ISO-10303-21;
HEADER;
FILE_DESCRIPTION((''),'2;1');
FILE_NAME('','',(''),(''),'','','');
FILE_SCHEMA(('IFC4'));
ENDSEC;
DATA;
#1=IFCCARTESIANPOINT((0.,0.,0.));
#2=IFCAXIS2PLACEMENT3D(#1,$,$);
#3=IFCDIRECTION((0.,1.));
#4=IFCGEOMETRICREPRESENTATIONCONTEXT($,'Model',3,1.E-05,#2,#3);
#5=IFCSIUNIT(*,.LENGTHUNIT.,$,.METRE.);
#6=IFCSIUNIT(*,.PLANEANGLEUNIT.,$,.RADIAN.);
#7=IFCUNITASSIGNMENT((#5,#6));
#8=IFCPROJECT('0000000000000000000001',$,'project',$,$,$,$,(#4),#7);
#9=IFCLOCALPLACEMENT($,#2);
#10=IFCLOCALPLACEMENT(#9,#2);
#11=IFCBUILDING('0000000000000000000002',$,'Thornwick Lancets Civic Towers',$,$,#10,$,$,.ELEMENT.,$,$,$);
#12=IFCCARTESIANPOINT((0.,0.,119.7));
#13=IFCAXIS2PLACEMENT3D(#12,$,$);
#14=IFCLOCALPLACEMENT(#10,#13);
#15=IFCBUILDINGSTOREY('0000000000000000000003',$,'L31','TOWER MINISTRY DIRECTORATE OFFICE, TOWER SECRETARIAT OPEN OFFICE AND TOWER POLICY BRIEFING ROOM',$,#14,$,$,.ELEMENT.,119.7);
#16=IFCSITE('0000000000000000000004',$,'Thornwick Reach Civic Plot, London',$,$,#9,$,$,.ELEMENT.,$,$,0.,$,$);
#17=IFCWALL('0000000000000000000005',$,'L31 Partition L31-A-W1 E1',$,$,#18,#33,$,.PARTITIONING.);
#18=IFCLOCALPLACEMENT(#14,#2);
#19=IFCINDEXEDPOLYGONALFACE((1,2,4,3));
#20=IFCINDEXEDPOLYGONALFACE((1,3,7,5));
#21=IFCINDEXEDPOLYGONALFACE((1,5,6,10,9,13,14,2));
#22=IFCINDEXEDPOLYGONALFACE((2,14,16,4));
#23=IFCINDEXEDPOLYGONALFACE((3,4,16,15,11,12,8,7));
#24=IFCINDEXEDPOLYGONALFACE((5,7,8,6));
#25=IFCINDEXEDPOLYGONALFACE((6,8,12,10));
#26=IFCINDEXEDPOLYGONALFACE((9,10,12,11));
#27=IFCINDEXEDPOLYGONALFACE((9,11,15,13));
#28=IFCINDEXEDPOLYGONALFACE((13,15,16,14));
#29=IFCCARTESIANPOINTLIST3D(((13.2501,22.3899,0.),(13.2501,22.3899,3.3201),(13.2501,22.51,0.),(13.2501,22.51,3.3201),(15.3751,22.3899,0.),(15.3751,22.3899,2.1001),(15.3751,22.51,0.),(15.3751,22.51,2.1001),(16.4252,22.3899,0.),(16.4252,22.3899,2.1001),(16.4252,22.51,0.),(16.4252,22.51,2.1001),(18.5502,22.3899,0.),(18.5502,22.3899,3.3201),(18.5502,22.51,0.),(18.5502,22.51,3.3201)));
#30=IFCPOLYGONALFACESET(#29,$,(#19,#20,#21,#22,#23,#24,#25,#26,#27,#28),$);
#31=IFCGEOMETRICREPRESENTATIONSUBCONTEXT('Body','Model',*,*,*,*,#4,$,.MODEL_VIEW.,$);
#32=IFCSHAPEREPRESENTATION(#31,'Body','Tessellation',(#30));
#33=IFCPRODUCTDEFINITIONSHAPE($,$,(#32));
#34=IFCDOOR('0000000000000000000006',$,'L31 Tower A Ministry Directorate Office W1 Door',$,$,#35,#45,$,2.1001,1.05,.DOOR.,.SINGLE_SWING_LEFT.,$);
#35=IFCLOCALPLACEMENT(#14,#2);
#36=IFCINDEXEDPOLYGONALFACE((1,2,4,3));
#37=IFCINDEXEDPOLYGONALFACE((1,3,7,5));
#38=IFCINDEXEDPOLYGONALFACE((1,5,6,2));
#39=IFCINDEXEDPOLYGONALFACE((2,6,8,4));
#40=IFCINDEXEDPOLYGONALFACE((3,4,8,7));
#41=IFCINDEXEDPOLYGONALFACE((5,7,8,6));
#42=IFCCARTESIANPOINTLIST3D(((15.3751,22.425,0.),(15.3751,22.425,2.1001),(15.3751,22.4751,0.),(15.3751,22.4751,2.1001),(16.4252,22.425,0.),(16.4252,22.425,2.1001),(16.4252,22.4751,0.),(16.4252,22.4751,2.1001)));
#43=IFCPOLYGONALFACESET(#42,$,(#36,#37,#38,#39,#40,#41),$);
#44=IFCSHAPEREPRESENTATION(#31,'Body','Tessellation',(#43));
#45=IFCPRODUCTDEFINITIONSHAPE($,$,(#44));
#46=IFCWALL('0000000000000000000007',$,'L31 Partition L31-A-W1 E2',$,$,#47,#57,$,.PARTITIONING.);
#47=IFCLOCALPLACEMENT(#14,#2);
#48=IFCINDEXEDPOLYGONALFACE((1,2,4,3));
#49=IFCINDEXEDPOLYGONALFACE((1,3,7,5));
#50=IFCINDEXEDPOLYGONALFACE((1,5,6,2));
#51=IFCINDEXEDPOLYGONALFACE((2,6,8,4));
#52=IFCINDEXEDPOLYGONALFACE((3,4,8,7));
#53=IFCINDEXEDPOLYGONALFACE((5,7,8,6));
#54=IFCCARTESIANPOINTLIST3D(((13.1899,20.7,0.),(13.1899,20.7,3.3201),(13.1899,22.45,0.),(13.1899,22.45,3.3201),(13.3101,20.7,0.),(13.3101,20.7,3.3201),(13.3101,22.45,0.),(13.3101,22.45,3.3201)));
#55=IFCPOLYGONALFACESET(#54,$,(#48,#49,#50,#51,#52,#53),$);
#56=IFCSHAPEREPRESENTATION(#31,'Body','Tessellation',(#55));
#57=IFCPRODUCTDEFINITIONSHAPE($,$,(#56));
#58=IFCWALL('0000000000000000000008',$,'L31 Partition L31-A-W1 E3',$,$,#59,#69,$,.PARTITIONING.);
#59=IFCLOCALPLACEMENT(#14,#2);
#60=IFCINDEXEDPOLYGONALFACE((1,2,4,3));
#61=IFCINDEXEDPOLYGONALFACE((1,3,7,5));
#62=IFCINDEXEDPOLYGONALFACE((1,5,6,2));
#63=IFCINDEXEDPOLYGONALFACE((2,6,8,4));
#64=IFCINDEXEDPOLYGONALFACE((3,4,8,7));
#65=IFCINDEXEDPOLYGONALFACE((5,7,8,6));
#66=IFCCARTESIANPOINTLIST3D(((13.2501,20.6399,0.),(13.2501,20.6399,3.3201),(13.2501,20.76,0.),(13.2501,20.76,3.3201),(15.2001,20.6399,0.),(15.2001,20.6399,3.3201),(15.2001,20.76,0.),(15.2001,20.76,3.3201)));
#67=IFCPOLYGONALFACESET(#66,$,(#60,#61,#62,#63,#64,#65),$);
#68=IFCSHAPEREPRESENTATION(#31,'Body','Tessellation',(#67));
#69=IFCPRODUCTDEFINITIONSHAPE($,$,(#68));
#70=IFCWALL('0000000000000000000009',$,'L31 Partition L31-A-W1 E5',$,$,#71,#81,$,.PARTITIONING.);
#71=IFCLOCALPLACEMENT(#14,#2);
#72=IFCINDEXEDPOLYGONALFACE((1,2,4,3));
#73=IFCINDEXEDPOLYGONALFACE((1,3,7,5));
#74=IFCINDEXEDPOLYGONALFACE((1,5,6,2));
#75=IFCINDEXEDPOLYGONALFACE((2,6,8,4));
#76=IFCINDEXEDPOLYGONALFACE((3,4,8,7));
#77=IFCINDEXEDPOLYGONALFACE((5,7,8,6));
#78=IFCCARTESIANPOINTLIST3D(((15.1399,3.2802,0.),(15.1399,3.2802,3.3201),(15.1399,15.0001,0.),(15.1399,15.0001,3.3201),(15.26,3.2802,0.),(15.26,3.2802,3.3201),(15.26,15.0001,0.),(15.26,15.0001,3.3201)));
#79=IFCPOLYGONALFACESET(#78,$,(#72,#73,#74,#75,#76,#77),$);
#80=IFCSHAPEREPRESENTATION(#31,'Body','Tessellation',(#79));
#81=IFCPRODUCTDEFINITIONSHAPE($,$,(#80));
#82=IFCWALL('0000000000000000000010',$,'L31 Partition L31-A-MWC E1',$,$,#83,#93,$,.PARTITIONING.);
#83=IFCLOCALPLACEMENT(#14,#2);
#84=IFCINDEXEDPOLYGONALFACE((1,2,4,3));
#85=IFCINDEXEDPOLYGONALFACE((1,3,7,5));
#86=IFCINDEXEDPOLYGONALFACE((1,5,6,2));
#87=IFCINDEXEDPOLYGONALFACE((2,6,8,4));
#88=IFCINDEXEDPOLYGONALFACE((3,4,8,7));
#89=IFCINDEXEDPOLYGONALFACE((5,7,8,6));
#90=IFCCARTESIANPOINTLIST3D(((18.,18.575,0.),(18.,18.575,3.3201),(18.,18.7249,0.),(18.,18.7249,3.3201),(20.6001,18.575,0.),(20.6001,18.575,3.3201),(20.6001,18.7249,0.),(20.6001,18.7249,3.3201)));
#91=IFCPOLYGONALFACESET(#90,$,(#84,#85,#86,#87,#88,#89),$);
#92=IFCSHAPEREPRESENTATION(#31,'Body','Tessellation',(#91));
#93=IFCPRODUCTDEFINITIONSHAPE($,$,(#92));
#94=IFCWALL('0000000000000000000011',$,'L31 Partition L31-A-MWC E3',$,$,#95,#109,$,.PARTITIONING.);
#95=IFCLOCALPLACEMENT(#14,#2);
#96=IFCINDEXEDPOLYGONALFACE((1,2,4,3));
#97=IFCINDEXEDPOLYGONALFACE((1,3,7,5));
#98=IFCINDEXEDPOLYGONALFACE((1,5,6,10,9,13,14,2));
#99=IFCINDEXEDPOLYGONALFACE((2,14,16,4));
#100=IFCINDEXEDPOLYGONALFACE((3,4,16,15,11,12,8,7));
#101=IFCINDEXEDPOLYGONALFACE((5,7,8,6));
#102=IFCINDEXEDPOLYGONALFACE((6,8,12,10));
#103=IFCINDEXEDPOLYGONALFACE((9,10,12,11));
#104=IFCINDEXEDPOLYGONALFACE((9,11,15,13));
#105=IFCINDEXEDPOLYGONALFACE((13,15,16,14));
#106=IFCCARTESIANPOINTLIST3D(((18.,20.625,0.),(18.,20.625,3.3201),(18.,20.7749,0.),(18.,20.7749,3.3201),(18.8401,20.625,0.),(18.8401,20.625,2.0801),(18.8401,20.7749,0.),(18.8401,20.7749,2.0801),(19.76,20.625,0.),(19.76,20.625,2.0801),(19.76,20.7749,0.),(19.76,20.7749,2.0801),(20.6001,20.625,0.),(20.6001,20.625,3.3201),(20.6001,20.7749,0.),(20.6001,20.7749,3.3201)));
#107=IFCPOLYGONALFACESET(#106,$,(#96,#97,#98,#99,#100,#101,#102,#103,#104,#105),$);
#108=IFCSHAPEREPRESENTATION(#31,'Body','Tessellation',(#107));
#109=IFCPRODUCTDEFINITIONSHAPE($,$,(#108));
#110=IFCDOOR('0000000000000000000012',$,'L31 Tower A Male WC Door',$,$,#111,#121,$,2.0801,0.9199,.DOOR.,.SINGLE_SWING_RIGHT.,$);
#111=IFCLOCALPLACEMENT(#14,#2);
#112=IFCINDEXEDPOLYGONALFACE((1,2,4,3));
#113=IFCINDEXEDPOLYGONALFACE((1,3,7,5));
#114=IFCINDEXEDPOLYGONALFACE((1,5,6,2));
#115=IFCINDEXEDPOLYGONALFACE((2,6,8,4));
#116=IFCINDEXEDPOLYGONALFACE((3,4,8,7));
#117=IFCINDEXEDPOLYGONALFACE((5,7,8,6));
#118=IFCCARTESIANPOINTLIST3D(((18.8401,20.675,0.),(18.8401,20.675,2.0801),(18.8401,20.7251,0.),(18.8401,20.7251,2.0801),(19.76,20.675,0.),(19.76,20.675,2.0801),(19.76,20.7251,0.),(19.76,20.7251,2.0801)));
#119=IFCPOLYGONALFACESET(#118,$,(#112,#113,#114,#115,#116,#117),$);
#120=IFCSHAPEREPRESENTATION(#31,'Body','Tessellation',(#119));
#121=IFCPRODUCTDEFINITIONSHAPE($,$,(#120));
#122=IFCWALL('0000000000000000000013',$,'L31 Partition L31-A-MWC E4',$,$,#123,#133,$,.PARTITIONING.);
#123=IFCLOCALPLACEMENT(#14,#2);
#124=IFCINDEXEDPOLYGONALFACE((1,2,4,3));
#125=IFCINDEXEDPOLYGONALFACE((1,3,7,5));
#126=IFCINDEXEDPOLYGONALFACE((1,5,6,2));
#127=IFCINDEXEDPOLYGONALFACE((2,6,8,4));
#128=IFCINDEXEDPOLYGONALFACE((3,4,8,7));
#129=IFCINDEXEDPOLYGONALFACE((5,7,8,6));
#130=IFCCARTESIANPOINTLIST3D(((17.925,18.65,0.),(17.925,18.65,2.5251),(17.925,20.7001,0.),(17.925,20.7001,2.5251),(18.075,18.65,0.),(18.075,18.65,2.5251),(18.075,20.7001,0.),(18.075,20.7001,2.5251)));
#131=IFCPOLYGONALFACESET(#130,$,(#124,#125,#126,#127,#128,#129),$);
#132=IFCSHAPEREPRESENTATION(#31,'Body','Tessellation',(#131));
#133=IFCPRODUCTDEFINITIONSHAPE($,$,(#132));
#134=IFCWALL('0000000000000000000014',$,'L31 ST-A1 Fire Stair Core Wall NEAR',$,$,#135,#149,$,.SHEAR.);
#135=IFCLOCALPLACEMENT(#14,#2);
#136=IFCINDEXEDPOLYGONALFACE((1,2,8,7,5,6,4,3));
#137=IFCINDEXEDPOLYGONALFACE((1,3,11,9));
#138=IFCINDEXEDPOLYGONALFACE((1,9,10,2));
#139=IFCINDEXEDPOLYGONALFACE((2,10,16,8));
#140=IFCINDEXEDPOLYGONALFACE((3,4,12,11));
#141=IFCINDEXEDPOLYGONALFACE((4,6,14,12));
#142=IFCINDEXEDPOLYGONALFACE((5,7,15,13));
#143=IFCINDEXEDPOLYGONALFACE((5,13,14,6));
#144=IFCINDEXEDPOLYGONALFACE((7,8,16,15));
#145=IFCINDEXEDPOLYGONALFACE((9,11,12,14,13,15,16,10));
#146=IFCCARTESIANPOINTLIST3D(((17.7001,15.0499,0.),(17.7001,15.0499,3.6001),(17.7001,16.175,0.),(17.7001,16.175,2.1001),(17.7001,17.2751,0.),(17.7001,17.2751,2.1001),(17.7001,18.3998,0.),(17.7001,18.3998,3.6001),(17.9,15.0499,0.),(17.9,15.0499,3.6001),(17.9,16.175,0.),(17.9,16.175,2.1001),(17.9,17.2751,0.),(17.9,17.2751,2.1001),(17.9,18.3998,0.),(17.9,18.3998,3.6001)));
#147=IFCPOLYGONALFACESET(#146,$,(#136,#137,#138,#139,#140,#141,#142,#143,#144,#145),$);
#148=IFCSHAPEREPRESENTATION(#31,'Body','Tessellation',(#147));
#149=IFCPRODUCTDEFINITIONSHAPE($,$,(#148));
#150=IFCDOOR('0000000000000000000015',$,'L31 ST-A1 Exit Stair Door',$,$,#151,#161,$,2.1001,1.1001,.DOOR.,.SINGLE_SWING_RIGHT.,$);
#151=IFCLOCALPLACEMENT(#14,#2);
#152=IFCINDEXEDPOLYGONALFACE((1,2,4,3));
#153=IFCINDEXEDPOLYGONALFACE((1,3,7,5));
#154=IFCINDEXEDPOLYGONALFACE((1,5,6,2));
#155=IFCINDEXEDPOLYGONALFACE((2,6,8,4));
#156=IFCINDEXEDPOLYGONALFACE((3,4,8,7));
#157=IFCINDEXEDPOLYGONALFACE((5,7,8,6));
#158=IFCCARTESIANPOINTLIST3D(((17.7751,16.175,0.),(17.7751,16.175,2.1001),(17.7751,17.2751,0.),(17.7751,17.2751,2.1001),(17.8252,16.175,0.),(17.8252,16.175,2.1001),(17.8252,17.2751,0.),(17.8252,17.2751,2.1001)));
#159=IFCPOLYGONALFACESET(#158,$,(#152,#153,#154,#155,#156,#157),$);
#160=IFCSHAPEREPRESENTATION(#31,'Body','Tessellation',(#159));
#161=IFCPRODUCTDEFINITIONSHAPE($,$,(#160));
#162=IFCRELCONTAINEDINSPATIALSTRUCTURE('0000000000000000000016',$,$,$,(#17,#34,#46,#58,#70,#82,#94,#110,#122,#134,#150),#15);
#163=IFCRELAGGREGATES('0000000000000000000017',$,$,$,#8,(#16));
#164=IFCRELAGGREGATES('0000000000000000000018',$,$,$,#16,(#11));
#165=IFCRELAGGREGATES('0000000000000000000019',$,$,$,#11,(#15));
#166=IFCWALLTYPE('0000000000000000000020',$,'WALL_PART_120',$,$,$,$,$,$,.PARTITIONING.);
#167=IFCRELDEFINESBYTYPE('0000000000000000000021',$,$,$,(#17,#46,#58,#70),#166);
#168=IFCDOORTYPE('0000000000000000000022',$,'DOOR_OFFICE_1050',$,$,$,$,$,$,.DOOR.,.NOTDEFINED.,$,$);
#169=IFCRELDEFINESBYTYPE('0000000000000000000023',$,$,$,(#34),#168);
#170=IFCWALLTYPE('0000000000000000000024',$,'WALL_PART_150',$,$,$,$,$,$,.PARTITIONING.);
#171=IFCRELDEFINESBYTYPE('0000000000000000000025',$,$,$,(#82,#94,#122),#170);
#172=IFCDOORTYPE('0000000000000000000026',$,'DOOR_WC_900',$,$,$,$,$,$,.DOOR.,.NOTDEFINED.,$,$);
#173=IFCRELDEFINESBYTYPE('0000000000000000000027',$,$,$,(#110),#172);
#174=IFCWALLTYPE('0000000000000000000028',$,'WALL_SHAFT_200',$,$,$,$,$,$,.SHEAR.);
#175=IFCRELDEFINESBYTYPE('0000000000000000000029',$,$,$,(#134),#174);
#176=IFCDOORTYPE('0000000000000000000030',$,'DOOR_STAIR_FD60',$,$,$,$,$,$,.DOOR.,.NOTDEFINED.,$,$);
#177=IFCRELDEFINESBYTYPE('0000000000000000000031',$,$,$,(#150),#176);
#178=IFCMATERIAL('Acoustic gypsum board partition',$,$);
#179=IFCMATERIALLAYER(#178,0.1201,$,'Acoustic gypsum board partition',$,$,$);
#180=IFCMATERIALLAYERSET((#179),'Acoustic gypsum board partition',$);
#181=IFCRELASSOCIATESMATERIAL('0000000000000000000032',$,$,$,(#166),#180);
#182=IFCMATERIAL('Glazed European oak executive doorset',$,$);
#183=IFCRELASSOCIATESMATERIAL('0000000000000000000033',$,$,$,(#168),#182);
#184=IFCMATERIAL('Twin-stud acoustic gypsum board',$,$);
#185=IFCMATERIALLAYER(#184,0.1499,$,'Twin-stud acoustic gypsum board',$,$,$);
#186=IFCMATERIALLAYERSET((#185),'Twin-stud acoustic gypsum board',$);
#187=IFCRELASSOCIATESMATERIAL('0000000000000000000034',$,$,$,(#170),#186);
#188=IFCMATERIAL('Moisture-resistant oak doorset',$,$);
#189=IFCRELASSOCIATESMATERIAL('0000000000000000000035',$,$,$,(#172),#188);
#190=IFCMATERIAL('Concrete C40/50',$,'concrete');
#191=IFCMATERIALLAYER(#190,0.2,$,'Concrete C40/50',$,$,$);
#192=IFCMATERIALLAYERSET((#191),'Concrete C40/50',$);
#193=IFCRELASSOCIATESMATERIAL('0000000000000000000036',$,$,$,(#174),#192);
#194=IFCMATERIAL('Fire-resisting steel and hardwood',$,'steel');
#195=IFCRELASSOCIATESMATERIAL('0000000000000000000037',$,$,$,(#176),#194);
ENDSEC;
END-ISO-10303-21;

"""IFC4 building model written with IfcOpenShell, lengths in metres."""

from ifc_helpers import new_model, si_unit, direction, frame, frame_2d, origin, place, context, subcontext, project, spatial, rectangle, extrude, material, layer, layer_set, type_object, element, fill, save


model = new_model("IFC4")

# Units and contexts
model_context = context("Model", 3, precision=1e-05, world=origin(), true_north=direction((0.0, 1.0)))
body_context = subcontext(model_context, "Body", "Model", "MODEL_VIEW")
ifc_project = project(units=[si_unit("LENGTHUNIT", "METRE"), si_unit("PLANEANGLEUNIT", "RADIAN")], contexts=[model_context])

# Site, building, storey
site_placement = place(None, origin())
site = spatial("IfcSite", under=ifc_project, at=site_placement, Name="Thornwick Reach Civic Plot, London", CompositionType="ELEMENT", RefElevation=0.0)
building_placement = place(site_placement, origin())
building = spatial("IfcBuilding", under=site, at=building_placement, Name="Thornwick Lancets Civic Towers", CompositionType="ELEMENT")
storey_placement = place(building_placement, frame((0.0, 0.0, 119.7)))
storey = spatial("IfcBuildingStorey", under=building, at=storey_placement, Name="L31", Description="TOWER MINISTRY DIRECTORATE OFFICE, TOWER SECRETARIAT OPEN OFFICE AND TOWER POLICY BRIEFING ROOM", CompositionType="ELEMENT", Elevation=119.7)

# Wall, opening, door
ifc_material_1 = material(Name="Acoustic gypsum board partition")
ifc_layer_1 = layer(ifc_material_1, 0.1201, Name="Acoustic gypsum board partition")
ifc_layer_set_1 = layer_set([ifc_layer_1], Name="Acoustic gypsum board partition")
wall_type_1 = type_object("IfcWallType", Name="WALL_PART_120", PredefinedType="PARTITIONING", material=ifc_layer_set_1)
wall_1_placement = place(storey_placement, frame((18.55, 22.45, 0.0), z_axis=(0.0, 0.0, 1.0), x_axis=(-1.0, 0.0, 0.0)))
wall_1 = element("IfcWall", 1, at=wall_1_placement, inside=storey, type_object=wall_type_1, Name="L31 Partition L31-A-W1 E1", PredefinedType="PARTITIONING", context=body_context, shape_type="SweptSolid", body=[
    extrude(rectangle(XDim=5.3, YDim=0.1201, at=frame_2d((2.6499, 0.0))), origin(), (0.0, 0.0, 1.0), 3.3201),
])
opening_1_placement = place(wall_1_placement, frame((2.125, 0.0, 0.0)))
opening_1 = element("IfcOpeningElement", 2, at=opening_1_placement, cuts=wall_1, PredefinedType="OPENING", context=body_context, shape_type="SweptSolid", body=[
    extrude(rectangle(XDim=1.05, YDim=2.1001, at=frame_2d((0.5249, 1.05))), frame((0.0, 0.0701, 0.0), z_axis=(0.0, -1.0, 0.0), x_axis=(1.0, 0.0, 0.0)), (0.0, 0.0, 1.0), 0.1401),
])
ifc_material_2 = material(Name="Glazed European oak executive doorset")
door_type_1 = type_object("IfcDoorType", Name="DOOR_OFFICE_1050", OperationType="NOTDEFINED", PredefinedType="DOOR", material=ifc_material_2)
door_1_placement = place(opening_1_placement, origin())
door_1 = element("IfcDoor", 3, at=door_1_placement, inside=storey, type_object=door_type_1, Name="L31 Tower A Ministry Directorate Office W1 Door", OperationType="SINGLE_SWING_LEFT", OverallHeight=2.1001, OverallWidth=1.05, PredefinedType="DOOR", context=body_context, shape_type="SweptSolid", body=[
    extrude(rectangle(XDim=1.05, YDim=2.1001, at=frame_2d((0.5249, 1.05))), frame((0.0, 0.0249, 0.0), z_axis=(0.0, -1.0, 0.0), x_axis=(1.0, 0.0, 0.0)), (0.0, 0.0, 1.0), 0.05),
])
fill(opening_1, door_1)

# Walls
wall_2_placement = place(storey_placement, frame((13.25, 22.45, 0.0), z_axis=(0.0, 0.0, 1.0), x_axis=(0.0, -1.0, 0.0)))
element("IfcWall", 4, at=wall_2_placement, inside=storey, type_object=wall_type_1, Name="L31 Partition L31-A-W1 E2", PredefinedType="PARTITIONING", context=body_context, shape_type="SweptSolid", body=[
    extrude(rectangle(XDim=1.75, YDim=0.1201, at=frame_2d((0.875, 0.0))), origin(), (0.0, 0.0, 1.0), 3.3201),
])
wall_3_placement = place(storey_placement, frame((13.25, 20.7, 0.0), z_axis=(0.0, 0.0, 1.0), x_axis=(1.0, 0.0, 0.0)))
element("IfcWall", 5, at=wall_3_placement, inside=storey, type_object=wall_type_1, Name="L31 Partition L31-A-W1 E3", PredefinedType="PARTITIONING", context=body_context, shape_type="SweptSolid", body=[
    extrude(rectangle(XDim=1.95, YDim=0.1201, at=frame_2d((0.9751, 0.0))), origin(), (0.0, 0.0, 1.0), 3.3201),
])
wall_4_placement = place(storey_placement, frame((15.2, 15.0, 0.0), z_axis=(0.0, 0.0, 1.0), x_axis=(0.0, -1.0, 0.0)))
element("IfcWall", 6, at=wall_4_placement, inside=storey, type_object=wall_type_1, Name="L31 Partition L31-A-W1 E5", PredefinedType="PARTITIONING", context=body_context, shape_type="SweptSolid", body=[
    extrude(rectangle(XDim=11.72, YDim=0.1201, at=frame_2d((5.8599, 0.0))), origin(), (0.0, 0.0, 1.0), 3.3201),
])
ifc_material_3 = material(Name="Twin-stud acoustic gypsum board")
ifc_layer_2 = layer(ifc_material_3, 0.1499, Name="Twin-stud acoustic gypsum board")
ifc_layer_set_2 = layer_set([ifc_layer_2], Name="Twin-stud acoustic gypsum board")
wall_type_2 = type_object("IfcWallType", Name="WALL_PART_150", PredefinedType="PARTITIONING", material=ifc_layer_set_2)
wall_5_placement = place(storey_placement, frame((18.0, 18.6499, 0.0), z_axis=(0.0, 0.0, 1.0), x_axis=(1.0, 0.0, 0.0)))
element("IfcWall", 7, at=wall_5_placement, inside=storey, type_object=wall_type_2, Name="L31 Partition L31-A-MWC E1", PredefinedType="PARTITIONING", context=body_context, shape_type="SweptSolid", body=[
    extrude(rectangle(XDim=2.6001, YDim=0.1499, at=frame_2d((1.3, 0.0))), origin(), (0.0, 0.0, 1.0), 3.3201),
])

# Wall, opening, door
wall_6_placement = place(storey_placement, frame((20.6001, 20.7, 0.0), z_axis=(0.0, 0.0, 1.0), x_axis=(-1.0, 0.0, 0.0)))
wall_6 = element("IfcWall", 8, at=wall_6_placement, inside=storey, type_object=wall_type_2, Name="L31 Partition L31-A-MWC E3", PredefinedType="PARTITIONING", context=body_context, shape_type="SweptSolid", body=[
    extrude(rectangle(XDim=2.6001, YDim=0.1499, at=frame_2d((1.3, 0.0))), origin(), (0.0, 0.0, 1.0), 3.3201),
])
opening_2_placement = place(wall_6_placement, frame((0.8401, 0.0, 0.0)))
opening_2 = element("IfcOpeningElement", 9, at=opening_2_placement, cuts=wall_6, PredefinedType="OPENING", context=body_context, shape_type="SweptSolid", body=[
    extrude(rectangle(XDim=0.9199, YDim=2.0801, at=frame_2d((0.46, 1.04))), frame((0.0, 0.085, 0.0), z_axis=(0.0, -1.0, 0.0), x_axis=(1.0, 0.0, 0.0)), (0.0, 0.0, 1.0), 0.1699),
])
ifc_material_4 = material(Name="Moisture-resistant oak doorset")
door_type_2 = type_object("IfcDoorType", Name="DOOR_WC_900", OperationType="NOTDEFINED", PredefinedType="DOOR", material=ifc_material_4)
door_2_placement = place(opening_2_placement, origin())
door_2 = element("IfcDoor", 10, at=door_2_placement, inside=storey, type_object=door_type_2, Name="L31 Tower A Male WC Door", OperationType="SINGLE_SWING_RIGHT", OverallHeight=2.0801, OverallWidth=0.9199, PredefinedType="DOOR", context=body_context, shape_type="SweptSolid", body=[
    extrude(rectangle(XDim=0.9199, YDim=2.0801, at=frame_2d((0.46, 1.04))), frame((0.0, 0.0249, 0.0), z_axis=(0.0, -1.0, 0.0), x_axis=(1.0, 0.0, 0.0)), (0.0, 0.0, 1.0), 0.05),
])
fill(opening_2, door_2)

# Wall
wall_7_placement = place(storey_placement, frame((18.0, 20.7, 0.0), z_axis=(0.0, 0.0, 1.0), x_axis=(0.0, -1.0, 0.0)))
element("IfcWall", 11, at=wall_7_placement, inside=storey, type_object=wall_type_2, Name="L31 Partition L31-A-MWC E4", PredefinedType="PARTITIONING", context=body_context, shape_type="SweptSolid", body=[
    extrude(rectangle(XDim=2.05, YDim=0.1499, at=frame_2d((1.0249, 0.0))), origin(), (0.0, 0.0, 1.0), 2.5251),
])

# Wall, opening, door
ifc_material_5 = material(Name="Concrete C40/50", Category="concrete")
ifc_layer_3 = layer(ifc_material_5, 0.2, Name="Concrete C40/50")
ifc_layer_set_3 = layer_set([ifc_layer_3], Name="Concrete C40/50")
wall_type_3 = type_object("IfcWallType", Name="WALL_SHAFT_200", PredefinedType="SHEAR", material=ifc_layer_set_3)
wall_8_placement = place(storey_placement, frame((17.8, 15.05, 0.0), z_axis=(0.0, 0.0, 1.0), x_axis=(0.0, 1.0, 0.0)))
wall_8 = element("IfcWall", 12, at=wall_8_placement, inside=storey, type_object=wall_type_3, Name="L31 ST-A1 Fire Stair Core Wall NEAR", PredefinedType="SHEAR", context=body_context, shape_type="SweptSolid", body=[
    extrude(rectangle(XDim=3.3499, YDim=0.2, at=frame_2d((1.6748, 0.0))), origin(), (0.0, 0.0, 1.0), 3.6001),
])
opening_3_placement = place(wall_8_placement, frame((1.125, 0.0, 0.0)))
opening_3 = element("IfcOpeningElement", 13, at=opening_3_placement, cuts=wall_8, PredefinedType="OPENING", context=body_context, shape_type="SweptSolid", body=[
    extrude(rectangle(XDim=1.1001, YDim=2.1001, at=frame_2d((0.55, 1.05))), frame((0.0, 0.1099, 0.0), z_axis=(0.0, -1.0, 0.0), x_axis=(1.0, 0.0, 0.0)), (0.0, 0.0, 1.0), 0.22),
])
ifc_material_6 = material(Name="Fire-resisting steel and hardwood", Category="steel")
door_type_3 = type_object("IfcDoorType", Name="DOOR_STAIR_FD60", OperationType="NOTDEFINED", PredefinedType="DOOR", material=ifc_material_6)
door_3_placement = place(opening_3_placement, origin())
door_3 = element("IfcDoor", 14, at=door_3_placement, inside=storey, type_object=door_type_3, Name="L31 ST-A1 Exit Stair Door", OperationType="SINGLE_SWING_RIGHT", OverallHeight=2.1001, OverallWidth=1.1001, PredefinedType="DOOR", context=body_context, shape_type="SweptSolid", body=[
    extrude(rectangle(XDim=1.1001, YDim=2.1001, at=frame_2d((0.55, 1.05))), frame((0.0, 0.0249, 0.0), z_axis=(0.0, -1.0, 0.0), x_axis=(1.0, 0.0, 0.0)), (0.0, 0.0, 1.0), 0.05),
])
fill(opening_3, door_3)

save(model, "model.ifc")
